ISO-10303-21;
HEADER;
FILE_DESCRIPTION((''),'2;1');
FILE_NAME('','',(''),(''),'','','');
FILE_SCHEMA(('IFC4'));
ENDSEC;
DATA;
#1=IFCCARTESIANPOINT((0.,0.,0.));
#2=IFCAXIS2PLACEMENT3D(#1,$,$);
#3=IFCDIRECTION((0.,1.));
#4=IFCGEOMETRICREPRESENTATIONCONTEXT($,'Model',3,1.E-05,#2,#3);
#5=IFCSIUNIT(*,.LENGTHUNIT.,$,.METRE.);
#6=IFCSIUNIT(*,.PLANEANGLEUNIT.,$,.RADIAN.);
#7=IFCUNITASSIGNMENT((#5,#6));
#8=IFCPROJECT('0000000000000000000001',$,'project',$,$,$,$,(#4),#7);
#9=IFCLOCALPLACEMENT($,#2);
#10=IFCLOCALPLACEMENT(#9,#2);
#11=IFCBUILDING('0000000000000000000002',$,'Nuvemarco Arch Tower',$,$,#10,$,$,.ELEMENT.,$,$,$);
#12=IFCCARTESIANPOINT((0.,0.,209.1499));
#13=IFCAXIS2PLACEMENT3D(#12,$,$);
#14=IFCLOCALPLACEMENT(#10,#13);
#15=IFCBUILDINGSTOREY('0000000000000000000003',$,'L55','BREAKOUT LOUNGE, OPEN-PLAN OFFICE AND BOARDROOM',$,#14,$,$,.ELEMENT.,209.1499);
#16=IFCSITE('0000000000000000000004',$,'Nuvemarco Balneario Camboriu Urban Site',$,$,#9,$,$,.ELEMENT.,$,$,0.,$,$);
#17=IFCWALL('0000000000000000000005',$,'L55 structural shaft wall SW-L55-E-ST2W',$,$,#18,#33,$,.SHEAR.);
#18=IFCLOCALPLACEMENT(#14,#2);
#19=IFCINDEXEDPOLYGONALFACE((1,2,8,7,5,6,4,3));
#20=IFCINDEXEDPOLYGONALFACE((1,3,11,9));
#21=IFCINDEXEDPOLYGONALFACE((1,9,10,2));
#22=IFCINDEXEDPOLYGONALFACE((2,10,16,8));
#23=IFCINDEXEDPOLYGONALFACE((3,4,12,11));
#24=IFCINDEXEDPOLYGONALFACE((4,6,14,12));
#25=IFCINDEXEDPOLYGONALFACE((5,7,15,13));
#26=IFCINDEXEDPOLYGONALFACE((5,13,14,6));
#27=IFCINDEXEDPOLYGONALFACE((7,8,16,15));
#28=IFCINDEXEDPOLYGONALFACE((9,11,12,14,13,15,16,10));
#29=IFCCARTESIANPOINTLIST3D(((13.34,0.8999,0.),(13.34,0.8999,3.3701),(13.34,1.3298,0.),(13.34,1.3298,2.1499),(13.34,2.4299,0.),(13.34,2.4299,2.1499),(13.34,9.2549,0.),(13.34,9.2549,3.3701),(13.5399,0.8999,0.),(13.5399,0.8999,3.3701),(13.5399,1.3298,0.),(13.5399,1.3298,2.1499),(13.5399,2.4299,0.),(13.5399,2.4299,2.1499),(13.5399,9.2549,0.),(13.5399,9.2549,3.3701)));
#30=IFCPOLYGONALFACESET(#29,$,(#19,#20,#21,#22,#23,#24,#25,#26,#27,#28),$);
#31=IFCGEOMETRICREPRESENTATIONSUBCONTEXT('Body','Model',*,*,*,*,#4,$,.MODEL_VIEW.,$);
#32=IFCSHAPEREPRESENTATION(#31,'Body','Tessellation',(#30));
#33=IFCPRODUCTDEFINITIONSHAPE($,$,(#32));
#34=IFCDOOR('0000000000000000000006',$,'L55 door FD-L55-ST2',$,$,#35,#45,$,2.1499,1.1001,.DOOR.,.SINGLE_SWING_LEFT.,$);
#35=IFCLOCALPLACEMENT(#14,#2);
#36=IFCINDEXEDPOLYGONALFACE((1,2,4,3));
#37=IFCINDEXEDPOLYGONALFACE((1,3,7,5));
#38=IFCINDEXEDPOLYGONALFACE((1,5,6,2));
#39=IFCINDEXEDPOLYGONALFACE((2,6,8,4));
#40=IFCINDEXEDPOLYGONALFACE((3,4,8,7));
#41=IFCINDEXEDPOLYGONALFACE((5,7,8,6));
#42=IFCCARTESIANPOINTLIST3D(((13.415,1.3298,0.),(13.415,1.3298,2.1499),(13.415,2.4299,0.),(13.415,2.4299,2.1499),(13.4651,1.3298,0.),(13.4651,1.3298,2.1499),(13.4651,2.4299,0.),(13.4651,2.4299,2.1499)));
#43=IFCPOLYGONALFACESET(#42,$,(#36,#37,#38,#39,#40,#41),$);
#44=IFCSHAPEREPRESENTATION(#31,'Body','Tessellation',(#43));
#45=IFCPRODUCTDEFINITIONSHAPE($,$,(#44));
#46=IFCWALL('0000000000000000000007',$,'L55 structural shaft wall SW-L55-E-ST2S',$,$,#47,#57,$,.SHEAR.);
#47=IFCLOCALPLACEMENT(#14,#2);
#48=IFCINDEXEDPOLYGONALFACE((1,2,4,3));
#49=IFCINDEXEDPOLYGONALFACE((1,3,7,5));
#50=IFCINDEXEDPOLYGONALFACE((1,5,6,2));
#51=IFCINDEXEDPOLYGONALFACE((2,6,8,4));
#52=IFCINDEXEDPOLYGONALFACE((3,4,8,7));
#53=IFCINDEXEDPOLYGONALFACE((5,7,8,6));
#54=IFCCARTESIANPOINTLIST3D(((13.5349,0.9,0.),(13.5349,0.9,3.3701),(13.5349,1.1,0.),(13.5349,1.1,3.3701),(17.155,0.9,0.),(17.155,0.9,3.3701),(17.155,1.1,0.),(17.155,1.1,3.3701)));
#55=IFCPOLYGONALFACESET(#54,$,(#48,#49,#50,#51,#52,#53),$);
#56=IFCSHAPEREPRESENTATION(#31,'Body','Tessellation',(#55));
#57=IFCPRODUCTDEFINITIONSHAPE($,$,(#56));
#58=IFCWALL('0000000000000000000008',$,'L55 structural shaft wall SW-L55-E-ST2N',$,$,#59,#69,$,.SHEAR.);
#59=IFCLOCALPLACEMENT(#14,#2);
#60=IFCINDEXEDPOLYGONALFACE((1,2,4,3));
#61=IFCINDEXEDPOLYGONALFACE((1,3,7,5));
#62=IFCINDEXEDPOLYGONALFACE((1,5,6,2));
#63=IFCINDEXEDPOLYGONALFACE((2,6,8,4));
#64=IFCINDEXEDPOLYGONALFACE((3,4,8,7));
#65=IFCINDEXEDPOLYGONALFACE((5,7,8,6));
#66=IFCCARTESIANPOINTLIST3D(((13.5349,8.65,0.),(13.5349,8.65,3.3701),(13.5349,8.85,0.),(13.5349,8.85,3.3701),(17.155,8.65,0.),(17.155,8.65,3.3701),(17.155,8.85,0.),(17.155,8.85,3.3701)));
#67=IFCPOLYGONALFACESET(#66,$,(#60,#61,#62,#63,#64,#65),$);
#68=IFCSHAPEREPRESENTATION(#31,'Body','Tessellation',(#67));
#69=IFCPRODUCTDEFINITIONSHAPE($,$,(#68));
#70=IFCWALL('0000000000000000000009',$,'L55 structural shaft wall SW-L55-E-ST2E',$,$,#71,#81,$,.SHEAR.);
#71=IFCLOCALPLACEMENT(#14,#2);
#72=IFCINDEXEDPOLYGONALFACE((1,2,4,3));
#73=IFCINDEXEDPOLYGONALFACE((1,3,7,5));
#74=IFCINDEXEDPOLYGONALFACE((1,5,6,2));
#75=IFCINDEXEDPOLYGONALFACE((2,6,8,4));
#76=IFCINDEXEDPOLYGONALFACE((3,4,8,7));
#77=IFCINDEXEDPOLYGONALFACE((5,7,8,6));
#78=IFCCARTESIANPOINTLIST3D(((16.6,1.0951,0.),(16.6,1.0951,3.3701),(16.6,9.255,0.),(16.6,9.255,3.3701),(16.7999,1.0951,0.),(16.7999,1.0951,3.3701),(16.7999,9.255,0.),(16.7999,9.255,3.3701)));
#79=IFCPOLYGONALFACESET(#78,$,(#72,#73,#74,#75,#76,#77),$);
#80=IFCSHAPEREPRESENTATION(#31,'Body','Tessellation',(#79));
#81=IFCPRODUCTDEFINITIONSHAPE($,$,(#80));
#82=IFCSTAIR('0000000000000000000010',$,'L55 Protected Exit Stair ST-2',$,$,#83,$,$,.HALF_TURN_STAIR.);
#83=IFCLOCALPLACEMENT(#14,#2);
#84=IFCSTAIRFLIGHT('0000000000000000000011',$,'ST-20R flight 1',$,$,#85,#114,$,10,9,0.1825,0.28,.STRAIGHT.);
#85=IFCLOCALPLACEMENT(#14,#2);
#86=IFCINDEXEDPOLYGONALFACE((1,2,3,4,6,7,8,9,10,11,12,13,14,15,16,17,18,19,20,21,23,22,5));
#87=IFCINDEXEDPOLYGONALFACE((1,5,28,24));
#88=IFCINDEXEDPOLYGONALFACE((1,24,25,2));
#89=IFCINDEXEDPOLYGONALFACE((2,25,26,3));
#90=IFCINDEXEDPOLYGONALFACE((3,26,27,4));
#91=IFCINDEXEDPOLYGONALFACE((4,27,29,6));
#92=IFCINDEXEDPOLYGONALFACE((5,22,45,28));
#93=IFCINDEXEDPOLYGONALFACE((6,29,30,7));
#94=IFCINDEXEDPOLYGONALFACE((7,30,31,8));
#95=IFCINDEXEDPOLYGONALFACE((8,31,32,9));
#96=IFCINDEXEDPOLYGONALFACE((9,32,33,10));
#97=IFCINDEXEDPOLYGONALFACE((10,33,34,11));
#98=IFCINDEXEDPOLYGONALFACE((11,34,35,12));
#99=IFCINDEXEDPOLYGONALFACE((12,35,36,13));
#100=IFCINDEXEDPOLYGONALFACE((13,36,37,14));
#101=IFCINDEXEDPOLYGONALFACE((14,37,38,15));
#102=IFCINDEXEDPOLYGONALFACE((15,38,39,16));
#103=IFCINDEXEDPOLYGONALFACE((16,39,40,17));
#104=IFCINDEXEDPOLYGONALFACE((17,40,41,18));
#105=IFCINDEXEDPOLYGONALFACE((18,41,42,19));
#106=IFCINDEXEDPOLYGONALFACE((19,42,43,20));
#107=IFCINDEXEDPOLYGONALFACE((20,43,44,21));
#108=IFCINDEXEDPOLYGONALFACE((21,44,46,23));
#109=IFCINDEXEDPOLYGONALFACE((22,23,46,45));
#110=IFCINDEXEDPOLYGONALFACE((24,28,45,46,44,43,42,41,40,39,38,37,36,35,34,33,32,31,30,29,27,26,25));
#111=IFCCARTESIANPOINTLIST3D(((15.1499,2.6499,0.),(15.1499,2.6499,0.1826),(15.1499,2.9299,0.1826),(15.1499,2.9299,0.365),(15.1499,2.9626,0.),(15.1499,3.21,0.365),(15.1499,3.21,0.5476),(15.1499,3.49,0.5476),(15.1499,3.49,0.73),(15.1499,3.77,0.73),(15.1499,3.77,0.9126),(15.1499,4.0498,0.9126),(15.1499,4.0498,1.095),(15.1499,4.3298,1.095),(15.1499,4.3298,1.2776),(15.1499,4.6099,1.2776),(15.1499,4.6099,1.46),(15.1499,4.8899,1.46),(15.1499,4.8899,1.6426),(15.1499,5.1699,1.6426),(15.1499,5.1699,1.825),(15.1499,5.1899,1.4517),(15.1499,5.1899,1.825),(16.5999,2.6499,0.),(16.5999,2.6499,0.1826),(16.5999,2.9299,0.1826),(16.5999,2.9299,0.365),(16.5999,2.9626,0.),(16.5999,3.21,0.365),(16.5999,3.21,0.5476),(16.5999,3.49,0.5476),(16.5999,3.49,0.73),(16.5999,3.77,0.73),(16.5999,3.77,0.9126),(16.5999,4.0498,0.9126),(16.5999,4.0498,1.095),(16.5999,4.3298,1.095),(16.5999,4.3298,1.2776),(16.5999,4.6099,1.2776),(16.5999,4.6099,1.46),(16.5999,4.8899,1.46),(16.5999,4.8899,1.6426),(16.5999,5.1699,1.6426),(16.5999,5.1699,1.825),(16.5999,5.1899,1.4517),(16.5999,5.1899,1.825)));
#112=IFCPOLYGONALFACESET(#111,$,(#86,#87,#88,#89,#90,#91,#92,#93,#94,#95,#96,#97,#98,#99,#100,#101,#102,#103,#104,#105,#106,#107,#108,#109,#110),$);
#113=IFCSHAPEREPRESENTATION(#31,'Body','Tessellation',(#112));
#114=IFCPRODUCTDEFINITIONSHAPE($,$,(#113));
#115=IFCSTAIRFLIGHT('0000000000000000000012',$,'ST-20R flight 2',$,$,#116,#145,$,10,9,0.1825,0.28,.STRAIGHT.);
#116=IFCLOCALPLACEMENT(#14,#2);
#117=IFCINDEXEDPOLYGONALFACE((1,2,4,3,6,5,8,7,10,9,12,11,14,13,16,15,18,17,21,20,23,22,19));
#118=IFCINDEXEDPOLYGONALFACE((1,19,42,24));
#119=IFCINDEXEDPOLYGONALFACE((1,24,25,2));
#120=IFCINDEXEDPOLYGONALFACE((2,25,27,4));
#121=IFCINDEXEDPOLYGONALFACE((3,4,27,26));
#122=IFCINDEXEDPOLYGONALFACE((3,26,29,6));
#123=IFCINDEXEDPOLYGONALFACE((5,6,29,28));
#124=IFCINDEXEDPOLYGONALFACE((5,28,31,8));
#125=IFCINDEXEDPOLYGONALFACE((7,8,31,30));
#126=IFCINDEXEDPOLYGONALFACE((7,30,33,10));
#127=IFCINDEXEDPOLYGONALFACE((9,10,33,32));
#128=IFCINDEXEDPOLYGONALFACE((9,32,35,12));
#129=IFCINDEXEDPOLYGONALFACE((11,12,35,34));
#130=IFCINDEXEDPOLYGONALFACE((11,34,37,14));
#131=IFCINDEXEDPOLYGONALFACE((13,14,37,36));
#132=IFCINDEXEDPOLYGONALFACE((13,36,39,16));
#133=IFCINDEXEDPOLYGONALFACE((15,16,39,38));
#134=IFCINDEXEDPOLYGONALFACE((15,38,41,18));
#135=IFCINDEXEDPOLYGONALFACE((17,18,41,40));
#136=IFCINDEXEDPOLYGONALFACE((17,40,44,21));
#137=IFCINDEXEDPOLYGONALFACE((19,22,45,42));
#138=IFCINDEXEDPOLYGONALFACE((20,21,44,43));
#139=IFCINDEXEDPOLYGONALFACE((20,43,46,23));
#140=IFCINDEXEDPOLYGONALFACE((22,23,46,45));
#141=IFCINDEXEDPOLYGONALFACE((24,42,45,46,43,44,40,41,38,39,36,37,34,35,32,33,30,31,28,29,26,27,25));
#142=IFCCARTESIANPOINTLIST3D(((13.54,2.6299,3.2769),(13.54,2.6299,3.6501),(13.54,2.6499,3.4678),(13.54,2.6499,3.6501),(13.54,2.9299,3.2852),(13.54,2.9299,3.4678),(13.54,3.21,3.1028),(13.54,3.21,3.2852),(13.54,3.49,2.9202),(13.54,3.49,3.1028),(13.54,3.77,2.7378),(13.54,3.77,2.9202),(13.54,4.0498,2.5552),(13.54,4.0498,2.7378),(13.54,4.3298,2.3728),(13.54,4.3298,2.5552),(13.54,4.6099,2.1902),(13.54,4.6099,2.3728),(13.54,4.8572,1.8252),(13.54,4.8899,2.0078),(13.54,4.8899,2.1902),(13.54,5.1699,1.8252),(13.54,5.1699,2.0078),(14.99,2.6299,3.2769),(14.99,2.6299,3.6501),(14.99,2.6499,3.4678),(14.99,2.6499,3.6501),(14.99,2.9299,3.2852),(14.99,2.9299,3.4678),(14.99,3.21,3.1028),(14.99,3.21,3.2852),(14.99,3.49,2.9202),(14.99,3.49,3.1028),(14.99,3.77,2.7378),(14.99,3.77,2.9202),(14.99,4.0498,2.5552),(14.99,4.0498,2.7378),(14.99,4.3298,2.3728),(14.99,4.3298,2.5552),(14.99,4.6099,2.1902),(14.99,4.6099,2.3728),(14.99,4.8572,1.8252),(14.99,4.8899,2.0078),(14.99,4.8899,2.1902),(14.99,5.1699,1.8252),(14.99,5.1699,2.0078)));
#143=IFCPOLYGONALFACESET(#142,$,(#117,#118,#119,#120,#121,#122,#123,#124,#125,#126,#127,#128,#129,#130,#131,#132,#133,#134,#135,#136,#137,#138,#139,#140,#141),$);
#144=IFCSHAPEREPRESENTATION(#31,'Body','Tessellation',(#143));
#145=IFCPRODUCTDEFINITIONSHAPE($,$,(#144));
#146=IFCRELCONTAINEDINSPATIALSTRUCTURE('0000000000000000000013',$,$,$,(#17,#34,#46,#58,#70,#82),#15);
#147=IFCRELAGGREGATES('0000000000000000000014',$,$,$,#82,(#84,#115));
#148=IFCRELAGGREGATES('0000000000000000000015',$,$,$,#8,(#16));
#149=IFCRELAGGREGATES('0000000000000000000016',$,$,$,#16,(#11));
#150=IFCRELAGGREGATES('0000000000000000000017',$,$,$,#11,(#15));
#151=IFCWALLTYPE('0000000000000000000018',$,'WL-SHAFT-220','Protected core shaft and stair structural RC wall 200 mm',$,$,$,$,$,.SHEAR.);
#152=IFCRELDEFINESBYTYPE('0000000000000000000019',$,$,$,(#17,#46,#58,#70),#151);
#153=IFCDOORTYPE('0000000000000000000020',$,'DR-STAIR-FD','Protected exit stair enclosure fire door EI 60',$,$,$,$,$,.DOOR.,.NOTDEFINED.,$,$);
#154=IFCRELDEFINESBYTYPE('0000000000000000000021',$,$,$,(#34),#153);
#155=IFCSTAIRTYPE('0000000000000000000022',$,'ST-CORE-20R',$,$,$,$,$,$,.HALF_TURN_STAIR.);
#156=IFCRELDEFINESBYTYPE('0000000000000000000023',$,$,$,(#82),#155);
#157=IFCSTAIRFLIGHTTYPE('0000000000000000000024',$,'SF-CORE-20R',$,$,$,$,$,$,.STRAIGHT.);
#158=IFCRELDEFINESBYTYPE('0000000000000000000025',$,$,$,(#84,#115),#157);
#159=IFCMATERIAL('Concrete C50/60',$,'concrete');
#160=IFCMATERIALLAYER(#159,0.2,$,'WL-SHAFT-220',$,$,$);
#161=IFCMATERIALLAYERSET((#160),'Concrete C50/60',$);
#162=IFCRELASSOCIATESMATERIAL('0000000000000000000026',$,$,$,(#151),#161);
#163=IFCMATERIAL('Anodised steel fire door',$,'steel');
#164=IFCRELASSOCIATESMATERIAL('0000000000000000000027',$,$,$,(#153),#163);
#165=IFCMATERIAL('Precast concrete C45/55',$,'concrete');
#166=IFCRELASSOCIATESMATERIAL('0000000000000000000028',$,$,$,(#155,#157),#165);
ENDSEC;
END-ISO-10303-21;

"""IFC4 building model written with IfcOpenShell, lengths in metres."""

from ifc_helpers import new_model, si_unit, direction, frame, frame_2d, origin, place, context, subcontext, project, spatial, polyline, rectangle, outline, extrude, source, transform, mapped, material, layer, layer_set, type_object, type_shapes, element, fill, aggregate, save


model = new_model("IFC4")

# Units and contexts
model_context = context("Model", 3, precision=1e-05, world=origin(), true_north=direction((0.0, 1.0)))
body_context = subcontext(model_context, "Body", "Model", "MODEL_VIEW")
ifc_project = project(units=[si_unit("LENGTHUNIT", "METRE"), si_unit("PLANEANGLEUNIT", "RADIAN")], contexts=[model_context])

# Site, building, storey
site_placement = place(None, origin())
site = spatial("IfcSite", under=ifc_project, at=site_placement, Name="Nuvemarco Balneario Camboriu Urban Site", CompositionType="ELEMENT", RefElevation=0.0)
building_placement = place(site_placement, origin())
building = spatial("IfcBuilding", under=site, at=building_placement, Name="Nuvemarco Arch Tower", CompositionType="ELEMENT")
storey_placement = place(building_placement, frame((0.0, 0.0, 209.1499)))
storey = spatial("IfcBuildingStorey", under=building, at=storey_placement, Name="L55", Description="BREAKOUT LOUNGE, OPEN-PLAN OFFICE AND BOARDROOM", CompositionType="ELEMENT", Elevation=209.1499)

# Shared definitions
ifc_material_1 = material(Name="Concrete C50/60", Category="concrete")

# Shared definitions
ifc_material_2 = material(Name="Precast concrete C45/55", Category="concrete")

# Wall, opening, door
ifc_material_3 = material(Name="Anodised steel fire door", Category="steel")
ifc_layer_1 = layer(ifc_material_1, 0.2, Name="WL-SHAFT-220")
ifc_layer_set_1 = layer_set([ifc_layer_1], Name="Concrete C50/60")
wall_type_1 = type_object("IfcWallType", Name="WL-SHAFT-220", Description="Protected core shaft and stair structural RC wall 200 mm", PredefinedType="SHEAR", material=ifc_layer_set_1)
wall_1_placement = place(storey_placement, frame((13.4399, 0.8999, 0.0), z_axis=(0.0, 0.0, 1.0), x_axis=(0.0, 1.0, 0.0)))
wall_1 = element("IfcWall", 1, at=wall_1_placement, inside=storey, type_object=wall_type_1, Name="L55 structural shaft wall SW-L55-E-ST2W", PredefinedType="SHEAR", context=body_context, shape_type="SweptSolid", body=[
    extrude(rectangle(XDim=8.355, YDim=0.2, at=frame_2d((4.1775, 0.0))), origin(), (0.0, 0.0, 1.0), 3.3701),
])
opening_1_placement = place(wall_1_placement, frame((0.4299, 0.0, 0.0)))
opening_1 = element("IfcOpeningElement", 2, at=opening_1_placement, cuts=wall_1, PredefinedType="OPENING", context=body_context, shape_type="SweptSolid", body=[
    extrude(rectangle(XDim=1.1001, YDim=2.1499, at=frame_2d((0.55, 1.075))), frame((0.0, 0.1099, 0.0), z_axis=(0.0, -1.0, 0.0), x_axis=(1.0, 0.0, 0.0)), (0.0, 0.0, 1.0), 0.22),
])
door_type_1 = type_object("IfcDoorType", Name="DR-STAIR-FD", Description="Protected exit stair enclosure fire door EI 60", OperationType="NOTDEFINED", PredefinedType="DOOR", material=ifc_material_3)
shared_shape_1 = source(origin(), body_context, "Body", "SweptSolid", [
    extrude(rectangle(XDim=1.1001, YDim=2.1499, at=frame_2d((0.55, 1.075))), frame((0.0, 0.0249, 0.0), z_axis=(0.0, -1.0, 0.0), x_axis=(1.0, 0.0, 0.0)), (0.0, 0.0, 1.0), 0.05),
])
type_shapes(door_type_1, [shared_shape_1])
door_1_placement = place(opening_1_placement, origin())
door_1 = element("IfcDoor", 3, at=door_1_placement, inside=storey, type_object=door_type_1, Name="L55 door FD-L55-ST2", OperationType="SINGLE_SWING_LEFT", OverallHeight=2.1499, OverallWidth=1.1001, PredefinedType="DOOR", context=body_context, shape_type="MappedRepresentation", body=[
    mapped(shared_shape_1, transform((0.0, 0.0, 0.0), scale=1.0)),
])
fill(opening_1, door_1)

# Walls
for number, where, z_axis, x_axis, name in (
    (4, (13.5349, 1.0, 0.0), (0.0, 0.0, 1.0), (1.0, 0.0, 0.0), "L55 structural shaft wall SW-L55-E-ST2S"),
    (5, (13.5349, 8.75, 0.0), (0.0, 0.0, 1.0), (1.0, 0.0, 0.0), "L55 structural shaft wall SW-L55-E-ST2N"),
):
    element("IfcWall", number, at=place(storey_placement, frame(where, z_axis=z_axis, x_axis=x_axis)), inside=storey, type_object=wall_type_1, Name=name, PredefinedType="SHEAR", context=body_context, shape_type="SweptSolid", body=[
        extrude(rectangle(XDim=3.6201, YDim=0.2, at=frame_2d((1.8101, 0.0))), origin(), (0.0, 0.0, 1.0), 3.3701),
    ])
wall_2_placement = place(storey_placement, frame((16.7, 1.095, 0.0), z_axis=(0.0, 0.0, 1.0), x_axis=(0.0, 1.0, 0.0)))
element("IfcWall", 6, at=wall_2_placement, inside=storey, type_object=wall_type_1, Name="L55 structural shaft wall SW-L55-E-ST2E", PredefinedType="SHEAR", context=body_context, shape_type="SweptSolid", body=[
    extrude(rectangle(XDim=8.1599, YDim=0.2, at=frame_2d((4.0801, 0.0))), origin(), (0.0, 0.0, 1.0), 3.3701),
])

# Stair, stair flights
stair_type = type_object("IfcStairType", Name="ST-CORE-20R", PredefinedType="HALF_TURN_STAIR", material=ifc_material_2)
stair_placement = place(storey_placement, origin())
stair = element("IfcStair", 7, at=stair_placement, inside=storey, type_object=stair_type, Name="L55 Protected Exit Stair ST-2", PredefinedType="HALF_TURN_STAIR")
stair_flight_type = type_object("IfcStairFlightType", Name="SF-CORE-20R", PredefinedType="STRAIGHT", material=ifc_material_2)
stair_flight_1_placement = place(storey_placement, frame((15.875, 2.6499, 0.0), z_axis=(0.0, 0.0, 1.0), x_axis=(0.0, 1.0, 0.0)))
stair_flight_1 = element("IfcStairFlight", 8, at=stair_flight_1_placement, type_object=stair_flight_type, Name="ST-20R flight 1", NumberOfRisers=10, NumberOfTreads=9, PredefinedType="STRAIGHT", RiserHeight=0.1825, TreadLength=0.28, context=body_context, shape_type="SweptSolid", body=[
    extrude(outline(polyline([(0.0, 0.0), (0.0, 0.1826), (0.28, 0.1826), (0.28, 0.365), (0.5601, 0.365), (0.5601, 0.5476), (0.8401, 0.5476), (0.8401, 0.73), (1.1201, 0.73), (1.1201, 0.9126), (1.3999, 0.9126), (1.3999, 1.095), (1.6799, 1.095), (1.6799, 1.2776), (1.96, 1.2776), (1.96, 1.46), (2.24, 1.46), (2.24, 1.6426), (2.52, 1.6426), (2.52, 1.825), (2.54, 1.825), (2.54, 1.4517), (0.3127, 0.0), (0.0, 0.0)])), frame((0.0, 0.7251, 0.0), z_axis=(0.0, -1.0, 0.0), x_axis=(1.0, 0.0, 0.0)), (0.0, 0.0, 1.0), 1.45),
])
stair_flight_2_placement = place(storey_placement, frame((14.2649, 5.1699, 1.8252), z_axis=(0.0, 0.0, 1.0), x_axis=(0.0, -1.0, 0.0)))
stair_flight_2 = element("IfcStairFlight", 9, at=stair_flight_2_placement, type_object=stair_flight_type, Name="ST-20R flight 2", NumberOfRisers=10, NumberOfTreads=9, PredefinedType="STRAIGHT", RiserHeight=0.1825, TreadLength=0.28, context=body_context, shape_type="SweptSolid", body=[
    extrude(outline(polyline([(0.0, 0.0), (0.0, 0.1826), (0.28, 0.1826), (0.28, 0.365), (0.5601, 0.365), (0.5601, 0.5476), (0.8401, 0.5476), (0.8401, 0.73), (1.1201, 0.73), (1.1201, 0.9126), (1.3999, 0.9126), (1.3999, 1.095), (1.6799, 1.095), (1.6799, 1.2776), (1.96, 1.2776), (1.96, 1.46), (2.24, 1.46), (2.24, 1.6426), (2.52, 1.6426), (2.52, 1.825), (2.54, 1.825), (2.54, 1.4517), (0.3127, 0.0), (0.0, 0.0)])), frame((0.0, 0.7251, 0.0), z_axis=(0.0, -1.0, 0.0), x_axis=(1.0, 0.0, 0.0)), (0.0, 0.0, 1.0), 1.45),
])
aggregate(stair, [stair_flight_1, stair_flight_2])

save(model, "model.ifc")
